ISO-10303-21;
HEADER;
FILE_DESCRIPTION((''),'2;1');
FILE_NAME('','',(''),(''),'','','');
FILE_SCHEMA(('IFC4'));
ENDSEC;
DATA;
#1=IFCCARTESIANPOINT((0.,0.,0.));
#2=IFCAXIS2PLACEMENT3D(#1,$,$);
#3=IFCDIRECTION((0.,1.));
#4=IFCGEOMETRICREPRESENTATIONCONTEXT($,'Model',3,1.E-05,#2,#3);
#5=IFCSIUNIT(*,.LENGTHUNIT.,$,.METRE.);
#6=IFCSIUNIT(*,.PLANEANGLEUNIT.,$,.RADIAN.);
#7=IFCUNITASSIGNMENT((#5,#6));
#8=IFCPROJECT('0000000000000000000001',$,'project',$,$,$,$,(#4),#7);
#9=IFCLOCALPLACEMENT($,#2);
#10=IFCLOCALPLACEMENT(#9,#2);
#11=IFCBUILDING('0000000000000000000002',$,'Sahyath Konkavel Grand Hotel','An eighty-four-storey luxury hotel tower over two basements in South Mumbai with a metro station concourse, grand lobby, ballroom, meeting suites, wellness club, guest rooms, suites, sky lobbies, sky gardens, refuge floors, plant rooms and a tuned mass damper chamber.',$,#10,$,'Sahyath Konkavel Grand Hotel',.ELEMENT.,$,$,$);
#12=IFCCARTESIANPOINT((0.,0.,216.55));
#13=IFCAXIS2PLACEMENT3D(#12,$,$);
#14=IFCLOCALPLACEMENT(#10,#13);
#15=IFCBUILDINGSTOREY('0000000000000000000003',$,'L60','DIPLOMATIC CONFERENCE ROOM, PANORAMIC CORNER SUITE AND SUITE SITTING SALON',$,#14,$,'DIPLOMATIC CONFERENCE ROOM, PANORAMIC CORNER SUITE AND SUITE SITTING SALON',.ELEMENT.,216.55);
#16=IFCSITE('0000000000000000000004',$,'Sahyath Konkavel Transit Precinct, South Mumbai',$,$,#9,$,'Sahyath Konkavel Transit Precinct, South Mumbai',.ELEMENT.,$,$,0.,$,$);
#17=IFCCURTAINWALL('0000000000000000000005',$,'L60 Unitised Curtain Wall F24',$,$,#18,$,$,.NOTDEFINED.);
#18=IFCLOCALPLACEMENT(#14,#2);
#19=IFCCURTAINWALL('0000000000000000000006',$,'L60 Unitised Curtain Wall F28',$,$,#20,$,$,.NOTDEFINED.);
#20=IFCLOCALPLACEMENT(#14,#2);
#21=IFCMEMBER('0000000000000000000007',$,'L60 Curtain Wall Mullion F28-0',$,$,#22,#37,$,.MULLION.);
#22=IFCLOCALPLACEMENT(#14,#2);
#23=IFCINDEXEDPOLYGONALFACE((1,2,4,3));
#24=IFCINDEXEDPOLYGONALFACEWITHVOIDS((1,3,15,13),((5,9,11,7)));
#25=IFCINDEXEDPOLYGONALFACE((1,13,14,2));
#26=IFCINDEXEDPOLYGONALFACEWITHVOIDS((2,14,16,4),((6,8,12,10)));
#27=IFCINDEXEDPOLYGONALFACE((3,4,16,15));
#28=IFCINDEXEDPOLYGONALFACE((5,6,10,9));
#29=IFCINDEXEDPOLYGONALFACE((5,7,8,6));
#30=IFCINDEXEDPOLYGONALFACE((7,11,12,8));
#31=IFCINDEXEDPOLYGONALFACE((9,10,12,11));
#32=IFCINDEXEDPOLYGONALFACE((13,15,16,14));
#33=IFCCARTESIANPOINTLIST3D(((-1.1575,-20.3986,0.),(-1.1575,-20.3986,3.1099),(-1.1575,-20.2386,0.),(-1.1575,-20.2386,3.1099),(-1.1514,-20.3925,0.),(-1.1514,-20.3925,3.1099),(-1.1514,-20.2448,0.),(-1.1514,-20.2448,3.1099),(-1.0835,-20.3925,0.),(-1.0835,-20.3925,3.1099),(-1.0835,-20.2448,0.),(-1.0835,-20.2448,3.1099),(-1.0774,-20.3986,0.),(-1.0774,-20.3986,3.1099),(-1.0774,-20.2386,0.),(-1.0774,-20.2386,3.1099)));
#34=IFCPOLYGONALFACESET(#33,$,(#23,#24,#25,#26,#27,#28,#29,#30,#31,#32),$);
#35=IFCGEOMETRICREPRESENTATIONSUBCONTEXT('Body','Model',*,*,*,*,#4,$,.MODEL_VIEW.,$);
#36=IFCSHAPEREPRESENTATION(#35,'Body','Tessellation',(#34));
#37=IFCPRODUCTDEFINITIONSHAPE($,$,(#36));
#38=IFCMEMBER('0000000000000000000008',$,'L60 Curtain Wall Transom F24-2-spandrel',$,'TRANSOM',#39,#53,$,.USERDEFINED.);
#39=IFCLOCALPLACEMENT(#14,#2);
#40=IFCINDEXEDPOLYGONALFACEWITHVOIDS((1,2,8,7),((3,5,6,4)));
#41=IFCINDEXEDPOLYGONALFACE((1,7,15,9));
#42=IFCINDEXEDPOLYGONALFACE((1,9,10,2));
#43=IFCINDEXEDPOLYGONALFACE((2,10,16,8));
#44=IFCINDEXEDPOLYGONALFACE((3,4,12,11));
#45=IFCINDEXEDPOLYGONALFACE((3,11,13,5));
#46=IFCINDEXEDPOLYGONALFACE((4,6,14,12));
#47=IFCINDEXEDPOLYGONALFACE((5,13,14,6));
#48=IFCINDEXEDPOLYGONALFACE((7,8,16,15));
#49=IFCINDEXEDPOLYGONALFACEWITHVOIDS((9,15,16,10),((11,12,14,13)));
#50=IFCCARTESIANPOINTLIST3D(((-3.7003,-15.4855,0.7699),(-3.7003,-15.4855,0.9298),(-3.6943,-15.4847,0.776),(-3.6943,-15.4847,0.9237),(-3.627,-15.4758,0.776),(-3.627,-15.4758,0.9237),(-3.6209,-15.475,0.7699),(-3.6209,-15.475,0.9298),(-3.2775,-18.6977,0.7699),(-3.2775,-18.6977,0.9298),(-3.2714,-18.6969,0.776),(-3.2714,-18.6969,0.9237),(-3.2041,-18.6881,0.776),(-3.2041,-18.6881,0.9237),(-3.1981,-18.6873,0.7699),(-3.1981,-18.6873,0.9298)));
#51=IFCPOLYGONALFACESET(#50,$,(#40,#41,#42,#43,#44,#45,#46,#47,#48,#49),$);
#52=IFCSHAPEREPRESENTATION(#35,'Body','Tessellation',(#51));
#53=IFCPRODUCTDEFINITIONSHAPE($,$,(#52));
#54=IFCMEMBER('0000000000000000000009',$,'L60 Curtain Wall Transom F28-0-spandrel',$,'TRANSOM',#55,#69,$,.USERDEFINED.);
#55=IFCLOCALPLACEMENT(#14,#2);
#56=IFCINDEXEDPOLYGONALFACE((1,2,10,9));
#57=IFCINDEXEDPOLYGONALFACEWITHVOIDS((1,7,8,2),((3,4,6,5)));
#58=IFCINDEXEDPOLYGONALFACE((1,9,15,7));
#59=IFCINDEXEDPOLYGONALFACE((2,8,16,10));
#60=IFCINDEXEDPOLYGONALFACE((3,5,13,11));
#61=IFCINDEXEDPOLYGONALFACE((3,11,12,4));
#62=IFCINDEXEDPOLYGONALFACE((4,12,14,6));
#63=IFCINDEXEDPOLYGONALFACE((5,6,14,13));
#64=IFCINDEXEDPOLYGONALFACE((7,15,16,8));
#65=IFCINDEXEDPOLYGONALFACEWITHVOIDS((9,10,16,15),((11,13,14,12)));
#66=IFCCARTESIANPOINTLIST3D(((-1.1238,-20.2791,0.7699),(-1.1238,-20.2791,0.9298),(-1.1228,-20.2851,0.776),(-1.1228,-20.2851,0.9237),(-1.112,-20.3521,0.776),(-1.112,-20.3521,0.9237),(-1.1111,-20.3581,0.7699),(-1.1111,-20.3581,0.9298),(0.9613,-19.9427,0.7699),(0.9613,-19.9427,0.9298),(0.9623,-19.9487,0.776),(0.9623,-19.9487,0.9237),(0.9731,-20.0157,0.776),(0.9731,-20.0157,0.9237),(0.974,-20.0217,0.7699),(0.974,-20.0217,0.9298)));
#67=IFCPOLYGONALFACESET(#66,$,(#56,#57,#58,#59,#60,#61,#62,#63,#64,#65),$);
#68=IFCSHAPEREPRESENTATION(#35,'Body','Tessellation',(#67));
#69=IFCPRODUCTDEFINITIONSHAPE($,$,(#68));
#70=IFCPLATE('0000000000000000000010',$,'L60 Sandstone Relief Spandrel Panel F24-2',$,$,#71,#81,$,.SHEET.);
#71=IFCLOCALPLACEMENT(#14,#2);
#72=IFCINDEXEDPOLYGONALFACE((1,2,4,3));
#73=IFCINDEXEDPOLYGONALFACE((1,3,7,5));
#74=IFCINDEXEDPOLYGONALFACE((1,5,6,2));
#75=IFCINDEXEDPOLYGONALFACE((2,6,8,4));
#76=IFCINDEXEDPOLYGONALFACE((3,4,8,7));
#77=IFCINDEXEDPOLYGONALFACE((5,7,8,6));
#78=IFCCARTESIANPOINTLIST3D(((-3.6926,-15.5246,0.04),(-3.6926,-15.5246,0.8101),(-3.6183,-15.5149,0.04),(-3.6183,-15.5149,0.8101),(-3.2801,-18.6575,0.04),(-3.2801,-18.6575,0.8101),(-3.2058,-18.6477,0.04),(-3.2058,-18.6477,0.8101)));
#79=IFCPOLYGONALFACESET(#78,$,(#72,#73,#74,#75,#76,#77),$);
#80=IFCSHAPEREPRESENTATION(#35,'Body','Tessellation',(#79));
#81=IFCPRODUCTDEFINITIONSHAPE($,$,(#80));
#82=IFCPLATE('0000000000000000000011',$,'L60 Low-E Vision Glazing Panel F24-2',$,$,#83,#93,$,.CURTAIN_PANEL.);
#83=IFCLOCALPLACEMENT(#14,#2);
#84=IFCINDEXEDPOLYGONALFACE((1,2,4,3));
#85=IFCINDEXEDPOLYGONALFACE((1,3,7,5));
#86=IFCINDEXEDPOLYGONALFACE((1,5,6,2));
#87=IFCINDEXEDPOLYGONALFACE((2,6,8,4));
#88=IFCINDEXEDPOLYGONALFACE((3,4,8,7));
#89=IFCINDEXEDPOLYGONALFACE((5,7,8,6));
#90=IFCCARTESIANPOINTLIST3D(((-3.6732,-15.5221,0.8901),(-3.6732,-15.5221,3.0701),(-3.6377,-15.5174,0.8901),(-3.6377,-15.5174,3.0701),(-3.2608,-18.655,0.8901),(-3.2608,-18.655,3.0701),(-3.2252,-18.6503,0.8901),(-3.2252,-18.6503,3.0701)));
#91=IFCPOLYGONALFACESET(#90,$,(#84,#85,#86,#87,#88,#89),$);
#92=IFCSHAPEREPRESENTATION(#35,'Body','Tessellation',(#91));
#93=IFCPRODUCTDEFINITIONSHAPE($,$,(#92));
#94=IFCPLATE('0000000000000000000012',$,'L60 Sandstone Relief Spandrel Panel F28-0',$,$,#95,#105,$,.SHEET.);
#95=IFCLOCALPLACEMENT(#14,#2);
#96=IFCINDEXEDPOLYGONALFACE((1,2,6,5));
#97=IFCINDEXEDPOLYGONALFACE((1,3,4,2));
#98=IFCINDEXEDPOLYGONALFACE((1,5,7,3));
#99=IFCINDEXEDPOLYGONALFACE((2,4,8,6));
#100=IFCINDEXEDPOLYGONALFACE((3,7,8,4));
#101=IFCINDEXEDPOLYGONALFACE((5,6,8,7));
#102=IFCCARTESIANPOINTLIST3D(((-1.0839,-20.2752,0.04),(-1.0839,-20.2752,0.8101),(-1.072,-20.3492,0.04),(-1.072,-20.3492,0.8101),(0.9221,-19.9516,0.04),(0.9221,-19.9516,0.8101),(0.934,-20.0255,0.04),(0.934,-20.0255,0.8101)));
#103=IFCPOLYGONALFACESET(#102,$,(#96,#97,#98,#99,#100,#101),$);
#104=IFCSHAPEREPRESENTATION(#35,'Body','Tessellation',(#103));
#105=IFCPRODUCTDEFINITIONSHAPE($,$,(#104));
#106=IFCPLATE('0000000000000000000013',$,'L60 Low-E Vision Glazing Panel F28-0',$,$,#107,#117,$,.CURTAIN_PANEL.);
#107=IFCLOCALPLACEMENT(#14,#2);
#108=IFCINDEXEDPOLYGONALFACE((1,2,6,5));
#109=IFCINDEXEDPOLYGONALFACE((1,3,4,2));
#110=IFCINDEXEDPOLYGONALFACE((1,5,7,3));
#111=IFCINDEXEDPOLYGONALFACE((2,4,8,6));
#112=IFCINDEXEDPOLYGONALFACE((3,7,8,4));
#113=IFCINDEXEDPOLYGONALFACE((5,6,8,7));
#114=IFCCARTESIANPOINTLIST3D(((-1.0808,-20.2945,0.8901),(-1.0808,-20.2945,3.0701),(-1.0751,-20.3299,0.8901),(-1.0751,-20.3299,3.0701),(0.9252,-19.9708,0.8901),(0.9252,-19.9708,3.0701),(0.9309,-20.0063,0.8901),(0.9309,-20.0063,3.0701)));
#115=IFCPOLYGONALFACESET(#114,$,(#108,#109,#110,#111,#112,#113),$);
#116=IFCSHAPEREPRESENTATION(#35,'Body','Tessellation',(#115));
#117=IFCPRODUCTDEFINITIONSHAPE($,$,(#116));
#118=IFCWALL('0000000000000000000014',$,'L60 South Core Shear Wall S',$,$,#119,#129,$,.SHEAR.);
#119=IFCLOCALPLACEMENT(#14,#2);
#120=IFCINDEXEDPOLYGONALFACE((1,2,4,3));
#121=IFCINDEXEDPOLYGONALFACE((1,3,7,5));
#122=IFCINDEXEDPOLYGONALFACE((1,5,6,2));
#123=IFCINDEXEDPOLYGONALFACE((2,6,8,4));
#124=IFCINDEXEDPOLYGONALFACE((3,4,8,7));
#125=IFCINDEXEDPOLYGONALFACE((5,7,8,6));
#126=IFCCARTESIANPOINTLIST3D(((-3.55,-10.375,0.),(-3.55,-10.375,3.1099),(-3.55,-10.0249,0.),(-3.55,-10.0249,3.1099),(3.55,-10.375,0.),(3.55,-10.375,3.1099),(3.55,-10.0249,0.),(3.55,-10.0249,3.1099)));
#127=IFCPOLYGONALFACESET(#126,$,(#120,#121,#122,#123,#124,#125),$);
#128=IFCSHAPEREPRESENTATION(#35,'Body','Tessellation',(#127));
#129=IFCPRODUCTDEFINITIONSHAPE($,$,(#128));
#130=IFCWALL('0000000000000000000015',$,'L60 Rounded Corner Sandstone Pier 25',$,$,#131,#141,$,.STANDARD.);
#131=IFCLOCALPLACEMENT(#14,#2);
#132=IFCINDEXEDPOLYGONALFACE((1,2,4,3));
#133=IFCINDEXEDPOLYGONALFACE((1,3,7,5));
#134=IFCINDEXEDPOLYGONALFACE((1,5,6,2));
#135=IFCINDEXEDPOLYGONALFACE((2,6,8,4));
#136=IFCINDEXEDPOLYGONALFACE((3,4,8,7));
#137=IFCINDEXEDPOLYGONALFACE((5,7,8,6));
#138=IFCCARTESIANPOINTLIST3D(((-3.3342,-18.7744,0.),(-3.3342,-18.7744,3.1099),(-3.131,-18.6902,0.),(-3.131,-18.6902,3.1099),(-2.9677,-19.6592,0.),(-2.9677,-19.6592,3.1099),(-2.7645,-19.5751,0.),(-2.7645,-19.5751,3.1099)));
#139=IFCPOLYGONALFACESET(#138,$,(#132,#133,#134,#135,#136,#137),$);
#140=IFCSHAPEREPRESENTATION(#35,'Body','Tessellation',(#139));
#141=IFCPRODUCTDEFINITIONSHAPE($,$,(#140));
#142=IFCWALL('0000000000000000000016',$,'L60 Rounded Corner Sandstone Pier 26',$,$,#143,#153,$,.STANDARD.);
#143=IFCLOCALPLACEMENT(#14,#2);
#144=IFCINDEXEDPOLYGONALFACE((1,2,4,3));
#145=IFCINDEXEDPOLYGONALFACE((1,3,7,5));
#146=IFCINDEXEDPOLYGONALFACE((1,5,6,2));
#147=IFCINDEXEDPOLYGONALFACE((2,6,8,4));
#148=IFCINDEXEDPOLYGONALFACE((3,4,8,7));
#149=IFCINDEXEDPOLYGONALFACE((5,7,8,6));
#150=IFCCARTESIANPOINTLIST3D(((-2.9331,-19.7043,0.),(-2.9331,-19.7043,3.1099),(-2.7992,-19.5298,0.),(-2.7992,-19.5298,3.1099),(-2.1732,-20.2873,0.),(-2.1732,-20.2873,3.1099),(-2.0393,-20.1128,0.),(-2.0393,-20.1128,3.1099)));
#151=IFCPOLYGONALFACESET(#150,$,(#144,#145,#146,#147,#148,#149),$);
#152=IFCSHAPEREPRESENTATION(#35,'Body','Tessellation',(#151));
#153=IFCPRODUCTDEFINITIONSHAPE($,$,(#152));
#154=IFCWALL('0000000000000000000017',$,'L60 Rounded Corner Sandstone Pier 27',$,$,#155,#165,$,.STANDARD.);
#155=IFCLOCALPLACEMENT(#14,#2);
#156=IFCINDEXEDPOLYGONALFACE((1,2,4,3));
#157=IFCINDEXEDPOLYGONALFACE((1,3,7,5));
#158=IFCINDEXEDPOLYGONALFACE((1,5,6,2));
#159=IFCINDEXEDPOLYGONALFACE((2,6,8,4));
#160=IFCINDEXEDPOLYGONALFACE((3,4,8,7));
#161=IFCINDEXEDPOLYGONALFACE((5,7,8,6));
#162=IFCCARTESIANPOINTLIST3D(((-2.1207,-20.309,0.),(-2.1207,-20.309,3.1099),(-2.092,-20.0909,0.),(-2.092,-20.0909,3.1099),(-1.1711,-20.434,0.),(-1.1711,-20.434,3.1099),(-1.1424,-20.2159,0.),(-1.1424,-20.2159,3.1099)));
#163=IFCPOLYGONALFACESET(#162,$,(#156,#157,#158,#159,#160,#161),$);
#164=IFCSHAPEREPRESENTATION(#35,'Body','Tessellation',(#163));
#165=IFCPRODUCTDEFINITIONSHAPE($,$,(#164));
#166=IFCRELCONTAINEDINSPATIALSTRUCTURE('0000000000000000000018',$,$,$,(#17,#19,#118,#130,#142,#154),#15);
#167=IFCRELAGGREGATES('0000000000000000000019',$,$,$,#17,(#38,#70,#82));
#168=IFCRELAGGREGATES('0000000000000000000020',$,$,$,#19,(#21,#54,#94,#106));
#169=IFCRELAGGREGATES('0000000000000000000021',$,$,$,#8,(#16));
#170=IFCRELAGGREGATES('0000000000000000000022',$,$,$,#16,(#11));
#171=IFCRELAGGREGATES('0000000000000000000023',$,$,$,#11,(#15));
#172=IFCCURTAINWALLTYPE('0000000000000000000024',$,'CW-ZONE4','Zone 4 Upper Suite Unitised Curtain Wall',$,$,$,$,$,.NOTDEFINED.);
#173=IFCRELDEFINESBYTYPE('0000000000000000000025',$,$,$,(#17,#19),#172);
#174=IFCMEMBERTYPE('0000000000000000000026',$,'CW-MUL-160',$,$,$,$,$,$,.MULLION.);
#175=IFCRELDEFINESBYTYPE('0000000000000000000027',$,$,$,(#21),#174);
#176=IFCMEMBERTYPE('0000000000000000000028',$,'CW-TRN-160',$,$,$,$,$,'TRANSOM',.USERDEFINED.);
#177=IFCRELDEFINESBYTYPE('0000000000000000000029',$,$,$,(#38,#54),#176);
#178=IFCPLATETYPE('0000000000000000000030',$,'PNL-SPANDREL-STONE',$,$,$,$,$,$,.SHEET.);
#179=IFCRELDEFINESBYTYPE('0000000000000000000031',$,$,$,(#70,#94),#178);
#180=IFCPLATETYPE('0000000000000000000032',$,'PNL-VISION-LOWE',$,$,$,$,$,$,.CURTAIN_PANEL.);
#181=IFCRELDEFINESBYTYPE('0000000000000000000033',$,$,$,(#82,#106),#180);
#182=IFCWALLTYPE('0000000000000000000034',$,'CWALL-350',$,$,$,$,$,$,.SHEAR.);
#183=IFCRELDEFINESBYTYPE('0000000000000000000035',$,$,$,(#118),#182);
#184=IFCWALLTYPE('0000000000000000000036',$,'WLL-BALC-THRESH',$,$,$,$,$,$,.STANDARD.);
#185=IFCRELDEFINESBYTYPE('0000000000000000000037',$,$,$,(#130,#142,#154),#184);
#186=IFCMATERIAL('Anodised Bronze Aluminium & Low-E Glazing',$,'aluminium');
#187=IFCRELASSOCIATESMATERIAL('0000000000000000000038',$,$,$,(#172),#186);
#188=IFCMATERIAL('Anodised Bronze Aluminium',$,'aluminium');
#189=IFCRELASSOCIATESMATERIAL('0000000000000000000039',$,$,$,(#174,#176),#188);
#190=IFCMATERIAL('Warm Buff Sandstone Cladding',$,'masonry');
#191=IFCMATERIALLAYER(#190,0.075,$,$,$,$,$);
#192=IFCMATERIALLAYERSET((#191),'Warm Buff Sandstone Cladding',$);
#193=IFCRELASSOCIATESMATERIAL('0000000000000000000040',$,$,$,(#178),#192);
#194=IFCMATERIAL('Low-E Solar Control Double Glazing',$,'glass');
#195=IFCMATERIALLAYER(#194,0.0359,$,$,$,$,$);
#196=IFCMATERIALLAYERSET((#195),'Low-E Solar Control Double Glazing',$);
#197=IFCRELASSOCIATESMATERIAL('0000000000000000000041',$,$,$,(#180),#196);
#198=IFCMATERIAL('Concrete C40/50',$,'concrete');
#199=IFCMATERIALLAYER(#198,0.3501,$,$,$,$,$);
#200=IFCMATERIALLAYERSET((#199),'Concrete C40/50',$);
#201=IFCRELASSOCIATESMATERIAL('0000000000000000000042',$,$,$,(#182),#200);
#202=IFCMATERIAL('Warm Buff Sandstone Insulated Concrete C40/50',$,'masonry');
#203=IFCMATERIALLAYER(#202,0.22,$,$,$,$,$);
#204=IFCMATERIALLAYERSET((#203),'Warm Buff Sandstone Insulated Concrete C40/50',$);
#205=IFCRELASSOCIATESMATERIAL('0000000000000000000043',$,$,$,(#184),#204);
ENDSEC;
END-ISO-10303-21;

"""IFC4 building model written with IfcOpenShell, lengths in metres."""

from ifc_helpers import new_model, si_unit, direction, frame, frame_2d, origin, origin_2d, place, context, subcontext, project, spatial, rectangle, hollow_rectangle, extrude, source, transform, mapped, material, layer, layer_set, material_profile, profile_set, type_object, element, aggregate, save


model = new_model("IFC4")

# Units and contexts
model_context = context("Model", 3, precision=1e-05, world=origin(), true_north=direction((0.0, 1.0)))
body_context = subcontext(model_context, "Body", "Model", "MODEL_VIEW")
ifc_project = project(units=[si_unit("LENGTHUNIT", "METRE"), si_unit("PLANEANGLEUNIT", "RADIAN")], contexts=[model_context])

# Site, building, storey
site_placement = place(None, origin())
site = spatial("IfcSite", under=ifc_project, at=site_placement, Name="Sahyath Konkavel Transit Precinct, South Mumbai", LongName="Sahyath Konkavel Transit Precinct, South Mumbai", CompositionType="ELEMENT", RefElevation=0.0)
building_placement = place(site_placement, origin())
building = spatial("IfcBuilding", under=site, at=building_placement, Name="Sahyath Konkavel Grand Hotel", Description="An eighty-four-storey luxury hotel tower over two basements in South Mumbai with a metro station concourse, grand lobby, ballroom, meeting suites, wellness club, guest rooms, suites, sky lobbies, sky gardens, refuge floors, plant rooms and a tuned mass damper chamber.", LongName="Sahyath Konkavel Grand Hotel", CompositionType="ELEMENT")
storey_placement = place(building_placement, frame((0.0, 0.0, 216.55)))
storey = spatial("IfcBuildingStorey", under=building, at=storey_placement, Name="L60", Description="DIPLOMATIC CONFERENCE ROOM, PANORAMIC CORNER SUITE AND SUITE SITTING SALON", LongName="DIPLOMATIC CONFERENCE ROOM, PANORAMIC CORNER SUITE AND SUITE SITTING SALON", CompositionType="ELEMENT", Elevation=216.55)

# Shared definitions
ifc_material_1 = material(Name="Concrete C40/50", Category="concrete")

# Curtain wall
ifc_material_2 = material(Name="Anodised Bronze Aluminium & Low-E Glazing", Category="aluminium")
curtain_wall_type = type_object("IfcCurtainWallType", Name="CW-ZONE4", Description="Zone 4 Upper Suite Unitised Curtain Wall", PredefinedType="NOTDEFINED", material=ifc_material_2)
curtain_wall_1_placement = place(storey_placement, origin())
curtain_wall_1 = element("IfcCurtainWall", 1, at=curtain_wall_1_placement, inside=storey, type_object=curtain_wall_type, Name="L60 Unitised Curtain Wall F24", PredefinedType="NOTDEFINED")
ifc_material_3 = material(Name="Anodised Bronze Aluminium", Category="aluminium")
ifc_material_profile_1 = material_profile(ifc_material_3, hollow_rectangle(XDim=0.0801, YDim=0.1599, WallThickness=0.0061, at=origin_2d()), Name="RHS 160x80x6")
ifc_profile_set_1 = profile_set([ifc_material_profile_1], Name="Anodised Bronze Aluminium")
member_type_1 = type_object("IfcMemberType", Name="CW-MUL-160", PredefinedType="MULLION", material=ifc_profile_set_1)
shared_shape_1 = source(origin(), body_context, "Body", "SweptSolid", [
    extrude(hollow_rectangle(XDim=0.0801, YDim=0.1599, WallThickness=0.0061, at=origin_2d()), origin(), (0.0, 0.0, 1.0), 3.1099),
])

# Curtain wall, member
curtain_wall_2_placement = place(storey_placement, origin())
curtain_wall_2 = element("IfcCurtainWall", 2, at=curtain_wall_2_placement, inside=storey, type_object=curtain_wall_type, Name="L60 Unitised Curtain Wall F28", PredefinedType="NOTDEFINED")
member_1_placement = place(storey_placement, frame((-1.1174, -20.3186, 0.0), z_axis=(0.0, 0.0, 1.0), x_axis=(1.0, 0.0, 0.0)))
member_1 = element("IfcMember", 3, at=member_1_placement, type_object=member_type_1, Name="L60 Curtain Wall Mullion F28-0", PredefinedType="MULLION", context=body_context, shape_type="MappedRepresentation", body=[
    mapped(shared_shape_1, transform((0.0, 0.0, 0.0), scale=1.0)),
])

# Members
ifc_material_profile_2 = material_profile(ifc_material_3, hollow_rectangle(XDim=0.0801, YDim=0.1599, WallThickness=0.0061, at=origin_2d()), Name="RHS 160x80x6")
ifc_profile_set_2 = profile_set([ifc_material_profile_2], Name="Anodised Bronze Aluminium")
member_type_2 = type_object("IfcMemberType", Name="CW-TRN-160", ElementType="TRANSOM", PredefinedType="USERDEFINED", material=ifc_profile_set_2)
shared_shape_2 = source(origin(), body_context, "Body", "SweptSolid", [
    extrude(hollow_rectangle(XDim=0.0801, YDim=0.1599, WallThickness=0.0061, at=origin_2d()), origin(), (0.0, 0.0, 1.0), 3.24),
])
member_2_placement = place(storey_placement, frame((-3.6606, -15.4802, 0.8499), z_axis=(0.130515, -0.991446, 0.0), x_axis=(0.991446, 0.130515, 0.0)))
member_2 = element("IfcMember", 4, at=member_2_placement, type_object=member_type_2, Name="L60 Curtain Wall Transom F24-2-spandrel", ObjectType="TRANSOM", PredefinedType="USERDEFINED", context=body_context, shape_type="MappedRepresentation", body=[
    mapped(shared_shape_2, transform((0.0, 0.0, 0.0), scale=1.0)),
])
shared_shape_3 = source(origin(), body_context, "Body", "SweptSolid", [
    extrude(hollow_rectangle(XDim=0.0801, YDim=0.1599, WallThickness=0.0061, at=origin_2d()), origin(), (0.0, 0.0, 1.0), 2.1121),
])
member_3_placement = place(storey_placement, frame((-1.1174, -20.3186, 0.8499), z_axis=(0.987233, 0.15928, 0.0), x_axis=(-0.15928, 0.987233, 0.0)))
member_3 = element("IfcMember", 5, at=member_3_placement, type_object=member_type_2, Name="L60 Curtain Wall Transom F28-0-spandrel", ObjectType="TRANSOM", PredefinedType="USERDEFINED", context=body_context, shape_type="MappedRepresentation", body=[
    mapped(shared_shape_3, transform((0.0, 0.0, 0.0), scale=1.0)),
])

# Plates
ifc_material_4 = material(Name="Warm Buff Sandstone Cladding", Category="masonry")
ifc_layer_1 = layer(ifc_material_4, 0.075)
ifc_layer_set_1 = layer_set([ifc_layer_1], Name="Warm Buff Sandstone Cladding")
plate_type_1 = type_object("IfcPlateType", Name="PNL-SPANDREL-STONE", PredefinedType="SHEET", material=ifc_layer_set_1)
shared_shape_4 = source(origin(), body_context, "Body", "SweptSolid", [
    extrude(rectangle(XDim=3.1599, YDim=0.075, at=origin_2d()), origin(), (0.0, 0.0, 1.0), 0.77),
])
plate_1_placement = place(storey_placement, frame((-3.4492, -17.0862, 0.04), z_axis=(0.0, 0.0, 1.0), x_axis=(0.130526, -0.991445, 0.0)))
plate_1 = element("IfcPlate", 6, at=plate_1_placement, type_object=plate_type_1, Name="L60 Sandstone Relief Spandrel Panel F24-2", PredefinedType="SHEET", context=body_context, shape_type="MappedRepresentation", body=[
    mapped(shared_shape_4, transform((0.0, 0.0, 0.0), scale=1.0)),
])
ifc_material_5 = material(Name="Low-E Solar Control Double Glazing", Category="glass")
ifc_layer_2 = layer(ifc_material_5, 0.0359)
ifc_layer_set_2 = layer_set([ifc_layer_2], Name="Low-E Solar Control Double Glazing")
plate_type_2 = type_object("IfcPlateType", Name="PNL-VISION-LOWE", PredefinedType="CURTAIN_PANEL", material=ifc_layer_set_2)
shared_shape_5 = source(origin(), body_context, "Body", "SweptSolid", [
    extrude(rectangle(XDim=3.1599, YDim=0.0359, at=origin_2d()), origin(), (0.0, 0.0, 1.0), 2.1799),
])
plate_2_placement = place(storey_placement, frame((-3.4492, -17.0862, 0.8901), z_axis=(0.0, 0.0, 1.0), x_axis=(0.130526, -0.991445, 0.0)))
plate_2 = element("IfcPlate", 7, at=plate_2_placement, type_object=plate_type_2, Name="L60 Low-E Vision Glazing Panel F24-2", PredefinedType="CURTAIN_PANEL", context=body_context, shape_type="MappedRepresentation", body=[
    mapped(shared_shape_5, transform((0.0, 0.0, 0.0), scale=1.0)),
])
aggregate(curtain_wall_1, [member_2, plate_1, plate_2])
shared_shape_6 = source(origin(), body_context, "Body", "SweptSolid", [
    extrude(rectangle(XDim=2.032, YDim=0.075, at=origin_2d()), origin(), (0.0, 0.0, 1.0), 0.77),
])
plate_3_placement = place(storey_placement, frame((-0.075, -20.1504, 0.04), z_axis=(0.0, 0.0, 1.0), x_axis=(0.987231, 0.159295, 0.0)))
plate_3 = element("IfcPlate", 8, at=plate_3_placement, type_object=plate_type_1, Name="L60 Sandstone Relief Spandrel Panel F28-0", PredefinedType="SHEET", context=body_context, shape_type="MappedRepresentation", body=[
    mapped(shared_shape_6, transform((0.0, 0.0, 0.0), scale=1.0)),
])
shared_shape_7 = source(origin(), body_context, "Body", "SweptSolid", [
    extrude(rectangle(XDim=2.032, YDim=0.0359, at=origin_2d()), origin(), (0.0, 0.0, 1.0), 2.1799),
])
plate_4_placement = place(storey_placement, frame((-0.075, -20.1504, 0.8901), z_axis=(0.0, 0.0, 1.0), x_axis=(0.987231, 0.159295, 0.0)))
plate_4 = element("IfcPlate", 9, at=plate_4_placement, type_object=plate_type_2, Name="L60 Low-E Vision Glazing Panel F28-0", PredefinedType="CURTAIN_PANEL", context=body_context, shape_type="MappedRepresentation", body=[
    mapped(shared_shape_7, transform((0.0, 0.0, 0.0), scale=1.0)),
])
aggregate(curtain_wall_2, [member_1, member_3, plate_3, plate_4])

# Walls
ifc_layer_3 = layer(ifc_material_1, 0.3501)
ifc_layer_set_3 = layer_set([ifc_layer_3], Name="Concrete C40/50")
wall_type_1 = type_object("IfcWallType", Name="CWALL-350", PredefinedType="SHEAR", material=ifc_layer_set_3)
wall_1_placement = place(storey_placement, frame((-3.55, -10.2, 0.0), z_axis=(0.0, 0.0, 1.0), x_axis=(1.0, 0.0, 0.0)))
element("IfcWall", 10, at=wall_1_placement, inside=storey, type_object=wall_type_1, Name="L60 South Core Shear Wall S", PredefinedType="SHEAR", context=body_context, shape_type="SweptSolid", body=[
    extrude(rectangle(XDim=7.1001, YDim=0.3501, at=frame_2d((3.55, 0.0))), origin(), (0.0, 0.0, 1.0), 3.1099),
])
ifc_material_6 = material(Name="Warm Buff Sandstone Insulated Concrete C40/50", Category="masonry")
ifc_layer_4 = layer(ifc_material_6, 0.22)
ifc_layer_set_4 = layer_set([ifc_layer_4], Name="Warm Buff Sandstone Insulated Concrete C40/50")
wall_type_2 = type_object("IfcWallType", Name="WLL-BALC-THRESH", PredefinedType="STANDARD", material=ifc_layer_set_4)
for number, where, z_axis, x_axis, name in (
    (11, (-3.2327, -18.7322, 0.0), (0.0, 0.0, 1.0), (0.38266, -0.923889, 0.0), "L60 Rounded Corner Sandstone Pier 25"),
    (12, (-2.8662, -19.6169, 0.0), (0.0, 0.0, 1.0), (0.793344, -0.608774, 0.0), "L60 Rounded Corner Sandstone Pier 26"),
    (13, (-2.1064, -20.2, 0.0), (0.0, 0.0, 1.0), (0.991445, -0.130527, 0.0), "L60 Rounded Corner Sandstone Pier 27"),
):
    element("IfcWall", number, at=place(storey_placement, frame(where, z_axis=z_axis, x_axis=x_axis)), inside=storey, type_object=wall_type_2, Name=name, PredefinedType="STANDARD", context=body_context, shape_type="SweptSolid", body=[
        extrude(rectangle(XDim=0.9578, YDim=0.22, at=frame_2d((0.479, 0.0))), origin(), (0.0, 0.0, 1.0), 3.1099),
    ])

save(model, "model.ifc")
